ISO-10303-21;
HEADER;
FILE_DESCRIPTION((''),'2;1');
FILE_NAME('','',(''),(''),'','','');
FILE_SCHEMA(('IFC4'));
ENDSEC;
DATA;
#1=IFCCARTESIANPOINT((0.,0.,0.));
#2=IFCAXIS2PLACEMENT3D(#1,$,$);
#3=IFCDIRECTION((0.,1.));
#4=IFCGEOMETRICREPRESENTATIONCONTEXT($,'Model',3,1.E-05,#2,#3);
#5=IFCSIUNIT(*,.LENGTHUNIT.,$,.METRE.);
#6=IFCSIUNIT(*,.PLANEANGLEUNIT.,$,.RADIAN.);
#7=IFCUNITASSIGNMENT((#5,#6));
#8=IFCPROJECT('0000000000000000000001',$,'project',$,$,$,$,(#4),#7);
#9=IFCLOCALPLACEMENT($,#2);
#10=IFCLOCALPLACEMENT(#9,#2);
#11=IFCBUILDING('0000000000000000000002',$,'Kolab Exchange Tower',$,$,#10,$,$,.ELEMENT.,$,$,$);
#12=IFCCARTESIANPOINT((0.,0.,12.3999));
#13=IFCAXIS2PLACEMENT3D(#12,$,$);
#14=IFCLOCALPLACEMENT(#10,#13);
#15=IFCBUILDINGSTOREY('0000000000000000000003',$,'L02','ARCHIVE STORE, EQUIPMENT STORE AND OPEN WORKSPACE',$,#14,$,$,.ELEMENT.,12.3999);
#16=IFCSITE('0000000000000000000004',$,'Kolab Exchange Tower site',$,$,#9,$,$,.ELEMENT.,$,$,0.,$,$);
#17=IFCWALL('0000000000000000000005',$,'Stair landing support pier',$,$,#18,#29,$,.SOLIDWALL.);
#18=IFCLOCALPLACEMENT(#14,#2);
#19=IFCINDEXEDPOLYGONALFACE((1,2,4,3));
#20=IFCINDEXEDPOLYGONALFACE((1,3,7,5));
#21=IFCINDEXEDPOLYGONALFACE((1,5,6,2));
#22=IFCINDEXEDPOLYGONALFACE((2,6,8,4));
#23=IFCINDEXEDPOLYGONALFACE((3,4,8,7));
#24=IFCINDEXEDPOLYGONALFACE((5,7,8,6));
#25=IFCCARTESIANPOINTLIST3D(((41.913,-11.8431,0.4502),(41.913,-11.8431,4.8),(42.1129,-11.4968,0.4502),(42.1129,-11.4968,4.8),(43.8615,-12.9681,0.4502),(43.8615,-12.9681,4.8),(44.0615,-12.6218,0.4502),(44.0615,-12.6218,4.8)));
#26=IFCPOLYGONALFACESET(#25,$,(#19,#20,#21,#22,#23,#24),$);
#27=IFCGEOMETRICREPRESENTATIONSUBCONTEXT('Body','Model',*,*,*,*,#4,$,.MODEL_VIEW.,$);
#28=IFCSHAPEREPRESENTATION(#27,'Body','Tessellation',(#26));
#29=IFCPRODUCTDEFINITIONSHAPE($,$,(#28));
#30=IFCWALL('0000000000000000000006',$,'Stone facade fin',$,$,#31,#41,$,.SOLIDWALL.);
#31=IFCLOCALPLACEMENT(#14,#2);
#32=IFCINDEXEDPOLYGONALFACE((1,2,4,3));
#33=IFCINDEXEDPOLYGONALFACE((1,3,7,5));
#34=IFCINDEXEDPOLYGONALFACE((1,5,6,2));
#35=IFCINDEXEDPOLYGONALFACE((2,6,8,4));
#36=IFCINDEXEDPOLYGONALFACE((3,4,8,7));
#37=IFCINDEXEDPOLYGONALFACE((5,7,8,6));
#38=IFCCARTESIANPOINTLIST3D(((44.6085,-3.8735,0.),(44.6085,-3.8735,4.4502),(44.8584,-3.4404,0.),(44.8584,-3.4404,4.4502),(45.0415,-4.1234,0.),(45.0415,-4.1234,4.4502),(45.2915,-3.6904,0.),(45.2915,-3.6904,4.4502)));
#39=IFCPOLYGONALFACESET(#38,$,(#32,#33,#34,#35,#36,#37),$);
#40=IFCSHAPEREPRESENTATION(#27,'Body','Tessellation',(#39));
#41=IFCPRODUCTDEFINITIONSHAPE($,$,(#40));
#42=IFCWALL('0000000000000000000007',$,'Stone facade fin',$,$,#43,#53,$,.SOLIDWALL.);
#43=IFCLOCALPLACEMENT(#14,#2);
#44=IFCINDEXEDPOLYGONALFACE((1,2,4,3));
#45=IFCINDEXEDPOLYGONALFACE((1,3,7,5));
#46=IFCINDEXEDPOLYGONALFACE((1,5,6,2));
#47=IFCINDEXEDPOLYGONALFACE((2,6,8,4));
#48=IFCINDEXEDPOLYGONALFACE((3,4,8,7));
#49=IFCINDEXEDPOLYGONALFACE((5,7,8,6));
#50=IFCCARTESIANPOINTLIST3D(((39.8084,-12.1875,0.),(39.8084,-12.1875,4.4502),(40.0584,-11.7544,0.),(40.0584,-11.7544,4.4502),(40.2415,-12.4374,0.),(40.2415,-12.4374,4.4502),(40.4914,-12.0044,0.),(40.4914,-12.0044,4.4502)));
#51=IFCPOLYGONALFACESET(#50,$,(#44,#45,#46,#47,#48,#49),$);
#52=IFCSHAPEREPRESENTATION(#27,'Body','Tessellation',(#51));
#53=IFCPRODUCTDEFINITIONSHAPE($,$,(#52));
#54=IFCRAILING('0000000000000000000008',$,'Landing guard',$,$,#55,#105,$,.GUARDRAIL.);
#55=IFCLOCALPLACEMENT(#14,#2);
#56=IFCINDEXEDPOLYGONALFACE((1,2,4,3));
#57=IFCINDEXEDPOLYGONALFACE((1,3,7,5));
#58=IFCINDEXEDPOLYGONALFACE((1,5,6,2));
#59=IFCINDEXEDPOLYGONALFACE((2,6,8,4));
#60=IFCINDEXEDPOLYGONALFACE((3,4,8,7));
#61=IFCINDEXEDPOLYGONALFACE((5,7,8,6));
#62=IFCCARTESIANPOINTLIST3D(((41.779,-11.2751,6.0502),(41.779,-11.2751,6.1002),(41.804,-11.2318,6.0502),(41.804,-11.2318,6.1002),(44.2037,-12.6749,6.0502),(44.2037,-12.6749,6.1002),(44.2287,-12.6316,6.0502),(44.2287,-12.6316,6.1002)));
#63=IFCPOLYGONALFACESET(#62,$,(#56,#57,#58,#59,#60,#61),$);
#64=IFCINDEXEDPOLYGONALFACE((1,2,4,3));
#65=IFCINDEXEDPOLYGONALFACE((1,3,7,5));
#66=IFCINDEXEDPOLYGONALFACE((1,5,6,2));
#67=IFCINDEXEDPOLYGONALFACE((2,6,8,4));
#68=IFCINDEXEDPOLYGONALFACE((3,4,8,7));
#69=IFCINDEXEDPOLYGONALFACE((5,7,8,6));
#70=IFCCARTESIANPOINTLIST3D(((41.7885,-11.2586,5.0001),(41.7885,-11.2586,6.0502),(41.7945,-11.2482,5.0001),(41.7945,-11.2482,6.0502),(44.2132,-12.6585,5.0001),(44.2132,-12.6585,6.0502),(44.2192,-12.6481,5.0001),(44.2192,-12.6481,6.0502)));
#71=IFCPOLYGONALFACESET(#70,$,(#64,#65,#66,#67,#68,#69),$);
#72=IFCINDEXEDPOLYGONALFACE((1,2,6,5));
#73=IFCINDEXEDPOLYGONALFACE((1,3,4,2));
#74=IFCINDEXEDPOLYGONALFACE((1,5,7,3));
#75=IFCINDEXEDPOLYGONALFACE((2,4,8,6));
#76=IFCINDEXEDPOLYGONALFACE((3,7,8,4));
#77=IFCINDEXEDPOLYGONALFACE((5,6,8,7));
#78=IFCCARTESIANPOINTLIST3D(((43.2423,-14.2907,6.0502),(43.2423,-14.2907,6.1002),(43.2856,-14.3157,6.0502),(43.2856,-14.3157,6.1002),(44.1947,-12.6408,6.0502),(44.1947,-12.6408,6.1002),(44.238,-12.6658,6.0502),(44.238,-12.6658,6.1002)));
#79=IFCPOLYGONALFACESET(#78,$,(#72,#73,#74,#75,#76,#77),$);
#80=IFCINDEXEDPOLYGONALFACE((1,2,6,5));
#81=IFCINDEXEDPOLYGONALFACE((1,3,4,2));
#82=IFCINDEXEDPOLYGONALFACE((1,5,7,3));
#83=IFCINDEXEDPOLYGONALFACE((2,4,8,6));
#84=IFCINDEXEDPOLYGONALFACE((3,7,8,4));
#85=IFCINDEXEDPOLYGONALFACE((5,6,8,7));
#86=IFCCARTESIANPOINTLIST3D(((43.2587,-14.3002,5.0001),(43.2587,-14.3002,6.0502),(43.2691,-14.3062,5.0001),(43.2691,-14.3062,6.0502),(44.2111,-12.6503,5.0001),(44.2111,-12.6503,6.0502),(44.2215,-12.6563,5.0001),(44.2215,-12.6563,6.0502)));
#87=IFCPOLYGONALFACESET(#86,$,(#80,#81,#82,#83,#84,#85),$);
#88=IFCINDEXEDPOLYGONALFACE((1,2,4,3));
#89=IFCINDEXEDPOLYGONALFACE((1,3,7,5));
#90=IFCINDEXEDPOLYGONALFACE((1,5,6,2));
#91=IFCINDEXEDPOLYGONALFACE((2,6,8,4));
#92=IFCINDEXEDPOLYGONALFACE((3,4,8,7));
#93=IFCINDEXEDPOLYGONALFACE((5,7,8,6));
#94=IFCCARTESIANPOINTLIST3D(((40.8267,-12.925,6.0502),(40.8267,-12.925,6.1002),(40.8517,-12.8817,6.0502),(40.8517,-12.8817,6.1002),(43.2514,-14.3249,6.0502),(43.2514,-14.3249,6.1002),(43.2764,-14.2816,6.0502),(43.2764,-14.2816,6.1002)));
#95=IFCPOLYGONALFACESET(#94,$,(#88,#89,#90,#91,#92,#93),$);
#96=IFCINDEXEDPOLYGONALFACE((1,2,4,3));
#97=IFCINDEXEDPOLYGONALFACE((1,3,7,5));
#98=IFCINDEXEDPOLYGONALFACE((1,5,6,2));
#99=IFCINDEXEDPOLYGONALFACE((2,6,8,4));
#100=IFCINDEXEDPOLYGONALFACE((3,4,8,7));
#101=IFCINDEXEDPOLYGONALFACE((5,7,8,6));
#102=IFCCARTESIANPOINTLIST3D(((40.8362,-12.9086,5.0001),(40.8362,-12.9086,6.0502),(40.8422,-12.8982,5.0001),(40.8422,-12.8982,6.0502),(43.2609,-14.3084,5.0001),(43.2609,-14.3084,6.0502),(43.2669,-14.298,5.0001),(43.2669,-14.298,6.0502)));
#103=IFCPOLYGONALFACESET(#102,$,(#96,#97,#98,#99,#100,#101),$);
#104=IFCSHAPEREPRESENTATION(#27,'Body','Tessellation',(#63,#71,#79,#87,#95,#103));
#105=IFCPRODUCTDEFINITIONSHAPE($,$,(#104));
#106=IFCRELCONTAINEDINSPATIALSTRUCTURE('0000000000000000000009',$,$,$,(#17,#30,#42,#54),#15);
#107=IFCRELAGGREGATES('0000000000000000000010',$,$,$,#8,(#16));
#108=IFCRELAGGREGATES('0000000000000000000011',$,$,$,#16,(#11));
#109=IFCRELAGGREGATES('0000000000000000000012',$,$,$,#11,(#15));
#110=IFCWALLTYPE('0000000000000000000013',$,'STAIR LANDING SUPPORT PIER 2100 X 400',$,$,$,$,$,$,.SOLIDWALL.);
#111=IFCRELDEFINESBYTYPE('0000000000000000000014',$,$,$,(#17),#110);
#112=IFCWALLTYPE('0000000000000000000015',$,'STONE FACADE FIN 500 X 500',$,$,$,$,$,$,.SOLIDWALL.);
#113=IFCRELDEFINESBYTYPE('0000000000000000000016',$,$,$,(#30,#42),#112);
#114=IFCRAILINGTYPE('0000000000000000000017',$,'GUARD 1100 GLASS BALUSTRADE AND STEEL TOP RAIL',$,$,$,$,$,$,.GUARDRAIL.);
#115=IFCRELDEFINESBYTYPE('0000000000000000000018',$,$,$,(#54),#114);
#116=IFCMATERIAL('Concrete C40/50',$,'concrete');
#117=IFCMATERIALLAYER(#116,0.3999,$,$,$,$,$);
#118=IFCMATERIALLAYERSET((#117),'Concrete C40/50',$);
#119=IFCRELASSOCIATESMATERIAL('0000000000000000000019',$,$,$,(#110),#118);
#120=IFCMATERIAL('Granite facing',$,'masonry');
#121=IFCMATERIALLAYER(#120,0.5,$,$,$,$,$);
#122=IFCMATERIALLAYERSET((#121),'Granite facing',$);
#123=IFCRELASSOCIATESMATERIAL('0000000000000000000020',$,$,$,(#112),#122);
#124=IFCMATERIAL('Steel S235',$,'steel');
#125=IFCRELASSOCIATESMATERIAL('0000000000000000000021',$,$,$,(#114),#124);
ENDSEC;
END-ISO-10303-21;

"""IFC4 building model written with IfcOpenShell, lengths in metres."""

from ifc_helpers import new_model, si_unit, direction, frame, frame_2d, origin, origin_2d, place, context, subcontext, project, spatial, rectangle, extrude, material, layer, layer_set, type_object, element, save


model = new_model("IFC4")

# Units and contexts
model_context = context("Model", 3, precision=1e-05, world=origin(), true_north=direction((0.0, 1.0)))
body_context = subcontext(model_context, "Body", "Model", "MODEL_VIEW")
ifc_project = project(units=[si_unit("LENGTHUNIT", "METRE"), si_unit("PLANEANGLEUNIT", "RADIAN")], contexts=[model_context])

# Site, building, storey
site_placement = place(None, origin())
site = spatial("IfcSite", under=ifc_project, at=site_placement, Name="Kolab Exchange Tower site", CompositionType="ELEMENT", RefElevation=0.0)
building_placement = place(site_placement, origin())
building = spatial("IfcBuilding", under=site, at=building_placement, Name="Kolab Exchange Tower", CompositionType="ELEMENT")
storey_placement = place(building_placement, frame((0.0, 0.0, 12.3999)))
storey = spatial("IfcBuildingStorey", under=building, at=storey_placement, Name="L02", Description="ARCHIVE STORE, EQUIPMENT STORE AND OPEN WORKSPACE", CompositionType="ELEMENT", Elevation=12.3999)

# Walls
ifc_material_1 = material(Name="Granite facing", Category="masonry")
ifc_material_2 = material(Name="Concrete C40/50", Category="concrete")
ifc_layer_1 = layer(ifc_material_2, 0.3999)
ifc_layer_set_1 = layer_set([ifc_layer_1], Name="Concrete C40/50")
wall_type_1 = type_object("IfcWallType", Name="STAIR LANDING SUPPORT PIER 2100 X 400", PredefinedType="SOLIDWALL", material=ifc_layer_set_1)
wall_1_placement = place(storey_placement, frame((42.0129, -11.6699, 0.4502), z_axis=(0.0, 0.0, 1.0), x_axis=(0.866018, -0.500014, 0.0)))
element("IfcWall", 1, at=wall_1_placement, inside=storey, type_object=wall_type_1, Name="Stair landing support pier", PredefinedType="SOLIDWALL", context=body_context, shape_type="SweptSolid", body=[
    extrude(rectangle(XDim=2.25, YDim=0.3999, at=frame_2d((1.125, 0.0))), origin(), (0.0, 0.0, 1.0), 4.3499),
])
ifc_layer_2 = layer(ifc_material_1, 0.5)
ifc_layer_set_2 = layer_set([ifc_layer_2], Name="Granite facing")
wall_type_2 = type_object("IfcWallType", Name="STONE FACADE FIN 500 X 500", PredefinedType="SOLIDWALL", material=ifc_layer_set_2)
for number, where, z_axis, x_axis, name in (
    (2, (45.075, -3.5654, 0.0), (0.0, 0.0, 1.0), (-0.49992, -0.866072, 0.0), "Stone facade fin"),
    (3, (40.2749, -11.8794, 0.0), (0.0, 0.0, 1.0), (-0.49992, -0.866072, 0.0), "Stone facade fin"),
):
    element("IfcWall", number, at=place(storey_placement, frame(where, z_axis=z_axis, x_axis=x_axis)), inside=storey, type_object=wall_type_2, Name=name, PredefinedType="SOLIDWALL", context=body_context, shape_type="SweptSolid", body=[
        extrude(rectangle(XDim=0.5, YDim=0.5, at=frame_2d((0.25, 0.0))), origin(), (0.0, 0.0, 1.0), 4.4502),
    ])

# Railing
ifc_material_3 = material(Name="Steel S235", Category="steel")
railing_type = type_object("IfcRailingType", Name="GUARD 1100 GLASS BALUSTRADE AND STEEL TOP RAIL", PredefinedType="GUARDRAIL", material=ifc_material_3)
railing_1_placement = place(storey_placement, frame((41.7915, -11.2534, 5.0)))
element("IfcRailing", 4, at=railing_1_placement, inside=storey, type_object=railing_type, Name="Landing guard", PredefinedType="GUARDRAIL", context=body_context, shape_type="SweptSolid", body=[
    extrude(rectangle(XDim=0.05, YDim=0.05, at=origin_2d()), frame((0.0, 0.0, 1.0752), z_axis=(0.866035, -0.499984, 0.0), x_axis=(0.499984, 0.866035, 0.0)), (0.0, 0.0, 1.0), 2.7998),
    extrude(rectangle(XDim=0.012, YDim=1.0501, at=frame_2d((0.0, 0.5251))), frame((0.0, 0.0, 0.0), z_axis=(0.866035, -0.499984, 0.0), x_axis=(0.499984, 0.866035, 0.0)), (0.0, 0.0, 1.0), 2.7998),
    extrude(rectangle(XDim=0.05, YDim=0.05, at=origin_2d()), frame((2.4248, -1.3999, 1.0752), z_axis=(-0.49993, -0.866066, 0.0), x_axis=(0.866066, -0.49993, 0.0)), (0.0, 0.0, 1.0), 1.905),
    extrude(rectangle(XDim=0.012, YDim=1.0501, at=frame_2d((0.0, 0.5251))), frame((2.4248, -1.3999, 0.0), z_axis=(-0.49993, -0.866066, 0.0), x_axis=(0.866066, -0.49993, 0.0)), (0.0, 0.0, 1.0), 1.905),
    extrude(rectangle(XDim=0.05, YDim=0.05, at=origin_2d()), frame((1.4724, -3.0498, 1.0752), z_axis=(-0.866035, 0.499984, 0.0), x_axis=(-0.499984, -0.866035, 0.0)), (0.0, 0.0, 1.0), 2.7998),
    extrude(rectangle(XDim=0.012, YDim=1.0501, at=frame_2d((0.0, 0.5251))), frame((1.4724, -3.0498, 0.0), z_axis=(-0.866035, 0.499984, 0.0), x_axis=(-0.499984, -0.866035, 0.0)), (0.0, 0.0, 1.0), 2.7998),
])

save(model, "model.ifc")
